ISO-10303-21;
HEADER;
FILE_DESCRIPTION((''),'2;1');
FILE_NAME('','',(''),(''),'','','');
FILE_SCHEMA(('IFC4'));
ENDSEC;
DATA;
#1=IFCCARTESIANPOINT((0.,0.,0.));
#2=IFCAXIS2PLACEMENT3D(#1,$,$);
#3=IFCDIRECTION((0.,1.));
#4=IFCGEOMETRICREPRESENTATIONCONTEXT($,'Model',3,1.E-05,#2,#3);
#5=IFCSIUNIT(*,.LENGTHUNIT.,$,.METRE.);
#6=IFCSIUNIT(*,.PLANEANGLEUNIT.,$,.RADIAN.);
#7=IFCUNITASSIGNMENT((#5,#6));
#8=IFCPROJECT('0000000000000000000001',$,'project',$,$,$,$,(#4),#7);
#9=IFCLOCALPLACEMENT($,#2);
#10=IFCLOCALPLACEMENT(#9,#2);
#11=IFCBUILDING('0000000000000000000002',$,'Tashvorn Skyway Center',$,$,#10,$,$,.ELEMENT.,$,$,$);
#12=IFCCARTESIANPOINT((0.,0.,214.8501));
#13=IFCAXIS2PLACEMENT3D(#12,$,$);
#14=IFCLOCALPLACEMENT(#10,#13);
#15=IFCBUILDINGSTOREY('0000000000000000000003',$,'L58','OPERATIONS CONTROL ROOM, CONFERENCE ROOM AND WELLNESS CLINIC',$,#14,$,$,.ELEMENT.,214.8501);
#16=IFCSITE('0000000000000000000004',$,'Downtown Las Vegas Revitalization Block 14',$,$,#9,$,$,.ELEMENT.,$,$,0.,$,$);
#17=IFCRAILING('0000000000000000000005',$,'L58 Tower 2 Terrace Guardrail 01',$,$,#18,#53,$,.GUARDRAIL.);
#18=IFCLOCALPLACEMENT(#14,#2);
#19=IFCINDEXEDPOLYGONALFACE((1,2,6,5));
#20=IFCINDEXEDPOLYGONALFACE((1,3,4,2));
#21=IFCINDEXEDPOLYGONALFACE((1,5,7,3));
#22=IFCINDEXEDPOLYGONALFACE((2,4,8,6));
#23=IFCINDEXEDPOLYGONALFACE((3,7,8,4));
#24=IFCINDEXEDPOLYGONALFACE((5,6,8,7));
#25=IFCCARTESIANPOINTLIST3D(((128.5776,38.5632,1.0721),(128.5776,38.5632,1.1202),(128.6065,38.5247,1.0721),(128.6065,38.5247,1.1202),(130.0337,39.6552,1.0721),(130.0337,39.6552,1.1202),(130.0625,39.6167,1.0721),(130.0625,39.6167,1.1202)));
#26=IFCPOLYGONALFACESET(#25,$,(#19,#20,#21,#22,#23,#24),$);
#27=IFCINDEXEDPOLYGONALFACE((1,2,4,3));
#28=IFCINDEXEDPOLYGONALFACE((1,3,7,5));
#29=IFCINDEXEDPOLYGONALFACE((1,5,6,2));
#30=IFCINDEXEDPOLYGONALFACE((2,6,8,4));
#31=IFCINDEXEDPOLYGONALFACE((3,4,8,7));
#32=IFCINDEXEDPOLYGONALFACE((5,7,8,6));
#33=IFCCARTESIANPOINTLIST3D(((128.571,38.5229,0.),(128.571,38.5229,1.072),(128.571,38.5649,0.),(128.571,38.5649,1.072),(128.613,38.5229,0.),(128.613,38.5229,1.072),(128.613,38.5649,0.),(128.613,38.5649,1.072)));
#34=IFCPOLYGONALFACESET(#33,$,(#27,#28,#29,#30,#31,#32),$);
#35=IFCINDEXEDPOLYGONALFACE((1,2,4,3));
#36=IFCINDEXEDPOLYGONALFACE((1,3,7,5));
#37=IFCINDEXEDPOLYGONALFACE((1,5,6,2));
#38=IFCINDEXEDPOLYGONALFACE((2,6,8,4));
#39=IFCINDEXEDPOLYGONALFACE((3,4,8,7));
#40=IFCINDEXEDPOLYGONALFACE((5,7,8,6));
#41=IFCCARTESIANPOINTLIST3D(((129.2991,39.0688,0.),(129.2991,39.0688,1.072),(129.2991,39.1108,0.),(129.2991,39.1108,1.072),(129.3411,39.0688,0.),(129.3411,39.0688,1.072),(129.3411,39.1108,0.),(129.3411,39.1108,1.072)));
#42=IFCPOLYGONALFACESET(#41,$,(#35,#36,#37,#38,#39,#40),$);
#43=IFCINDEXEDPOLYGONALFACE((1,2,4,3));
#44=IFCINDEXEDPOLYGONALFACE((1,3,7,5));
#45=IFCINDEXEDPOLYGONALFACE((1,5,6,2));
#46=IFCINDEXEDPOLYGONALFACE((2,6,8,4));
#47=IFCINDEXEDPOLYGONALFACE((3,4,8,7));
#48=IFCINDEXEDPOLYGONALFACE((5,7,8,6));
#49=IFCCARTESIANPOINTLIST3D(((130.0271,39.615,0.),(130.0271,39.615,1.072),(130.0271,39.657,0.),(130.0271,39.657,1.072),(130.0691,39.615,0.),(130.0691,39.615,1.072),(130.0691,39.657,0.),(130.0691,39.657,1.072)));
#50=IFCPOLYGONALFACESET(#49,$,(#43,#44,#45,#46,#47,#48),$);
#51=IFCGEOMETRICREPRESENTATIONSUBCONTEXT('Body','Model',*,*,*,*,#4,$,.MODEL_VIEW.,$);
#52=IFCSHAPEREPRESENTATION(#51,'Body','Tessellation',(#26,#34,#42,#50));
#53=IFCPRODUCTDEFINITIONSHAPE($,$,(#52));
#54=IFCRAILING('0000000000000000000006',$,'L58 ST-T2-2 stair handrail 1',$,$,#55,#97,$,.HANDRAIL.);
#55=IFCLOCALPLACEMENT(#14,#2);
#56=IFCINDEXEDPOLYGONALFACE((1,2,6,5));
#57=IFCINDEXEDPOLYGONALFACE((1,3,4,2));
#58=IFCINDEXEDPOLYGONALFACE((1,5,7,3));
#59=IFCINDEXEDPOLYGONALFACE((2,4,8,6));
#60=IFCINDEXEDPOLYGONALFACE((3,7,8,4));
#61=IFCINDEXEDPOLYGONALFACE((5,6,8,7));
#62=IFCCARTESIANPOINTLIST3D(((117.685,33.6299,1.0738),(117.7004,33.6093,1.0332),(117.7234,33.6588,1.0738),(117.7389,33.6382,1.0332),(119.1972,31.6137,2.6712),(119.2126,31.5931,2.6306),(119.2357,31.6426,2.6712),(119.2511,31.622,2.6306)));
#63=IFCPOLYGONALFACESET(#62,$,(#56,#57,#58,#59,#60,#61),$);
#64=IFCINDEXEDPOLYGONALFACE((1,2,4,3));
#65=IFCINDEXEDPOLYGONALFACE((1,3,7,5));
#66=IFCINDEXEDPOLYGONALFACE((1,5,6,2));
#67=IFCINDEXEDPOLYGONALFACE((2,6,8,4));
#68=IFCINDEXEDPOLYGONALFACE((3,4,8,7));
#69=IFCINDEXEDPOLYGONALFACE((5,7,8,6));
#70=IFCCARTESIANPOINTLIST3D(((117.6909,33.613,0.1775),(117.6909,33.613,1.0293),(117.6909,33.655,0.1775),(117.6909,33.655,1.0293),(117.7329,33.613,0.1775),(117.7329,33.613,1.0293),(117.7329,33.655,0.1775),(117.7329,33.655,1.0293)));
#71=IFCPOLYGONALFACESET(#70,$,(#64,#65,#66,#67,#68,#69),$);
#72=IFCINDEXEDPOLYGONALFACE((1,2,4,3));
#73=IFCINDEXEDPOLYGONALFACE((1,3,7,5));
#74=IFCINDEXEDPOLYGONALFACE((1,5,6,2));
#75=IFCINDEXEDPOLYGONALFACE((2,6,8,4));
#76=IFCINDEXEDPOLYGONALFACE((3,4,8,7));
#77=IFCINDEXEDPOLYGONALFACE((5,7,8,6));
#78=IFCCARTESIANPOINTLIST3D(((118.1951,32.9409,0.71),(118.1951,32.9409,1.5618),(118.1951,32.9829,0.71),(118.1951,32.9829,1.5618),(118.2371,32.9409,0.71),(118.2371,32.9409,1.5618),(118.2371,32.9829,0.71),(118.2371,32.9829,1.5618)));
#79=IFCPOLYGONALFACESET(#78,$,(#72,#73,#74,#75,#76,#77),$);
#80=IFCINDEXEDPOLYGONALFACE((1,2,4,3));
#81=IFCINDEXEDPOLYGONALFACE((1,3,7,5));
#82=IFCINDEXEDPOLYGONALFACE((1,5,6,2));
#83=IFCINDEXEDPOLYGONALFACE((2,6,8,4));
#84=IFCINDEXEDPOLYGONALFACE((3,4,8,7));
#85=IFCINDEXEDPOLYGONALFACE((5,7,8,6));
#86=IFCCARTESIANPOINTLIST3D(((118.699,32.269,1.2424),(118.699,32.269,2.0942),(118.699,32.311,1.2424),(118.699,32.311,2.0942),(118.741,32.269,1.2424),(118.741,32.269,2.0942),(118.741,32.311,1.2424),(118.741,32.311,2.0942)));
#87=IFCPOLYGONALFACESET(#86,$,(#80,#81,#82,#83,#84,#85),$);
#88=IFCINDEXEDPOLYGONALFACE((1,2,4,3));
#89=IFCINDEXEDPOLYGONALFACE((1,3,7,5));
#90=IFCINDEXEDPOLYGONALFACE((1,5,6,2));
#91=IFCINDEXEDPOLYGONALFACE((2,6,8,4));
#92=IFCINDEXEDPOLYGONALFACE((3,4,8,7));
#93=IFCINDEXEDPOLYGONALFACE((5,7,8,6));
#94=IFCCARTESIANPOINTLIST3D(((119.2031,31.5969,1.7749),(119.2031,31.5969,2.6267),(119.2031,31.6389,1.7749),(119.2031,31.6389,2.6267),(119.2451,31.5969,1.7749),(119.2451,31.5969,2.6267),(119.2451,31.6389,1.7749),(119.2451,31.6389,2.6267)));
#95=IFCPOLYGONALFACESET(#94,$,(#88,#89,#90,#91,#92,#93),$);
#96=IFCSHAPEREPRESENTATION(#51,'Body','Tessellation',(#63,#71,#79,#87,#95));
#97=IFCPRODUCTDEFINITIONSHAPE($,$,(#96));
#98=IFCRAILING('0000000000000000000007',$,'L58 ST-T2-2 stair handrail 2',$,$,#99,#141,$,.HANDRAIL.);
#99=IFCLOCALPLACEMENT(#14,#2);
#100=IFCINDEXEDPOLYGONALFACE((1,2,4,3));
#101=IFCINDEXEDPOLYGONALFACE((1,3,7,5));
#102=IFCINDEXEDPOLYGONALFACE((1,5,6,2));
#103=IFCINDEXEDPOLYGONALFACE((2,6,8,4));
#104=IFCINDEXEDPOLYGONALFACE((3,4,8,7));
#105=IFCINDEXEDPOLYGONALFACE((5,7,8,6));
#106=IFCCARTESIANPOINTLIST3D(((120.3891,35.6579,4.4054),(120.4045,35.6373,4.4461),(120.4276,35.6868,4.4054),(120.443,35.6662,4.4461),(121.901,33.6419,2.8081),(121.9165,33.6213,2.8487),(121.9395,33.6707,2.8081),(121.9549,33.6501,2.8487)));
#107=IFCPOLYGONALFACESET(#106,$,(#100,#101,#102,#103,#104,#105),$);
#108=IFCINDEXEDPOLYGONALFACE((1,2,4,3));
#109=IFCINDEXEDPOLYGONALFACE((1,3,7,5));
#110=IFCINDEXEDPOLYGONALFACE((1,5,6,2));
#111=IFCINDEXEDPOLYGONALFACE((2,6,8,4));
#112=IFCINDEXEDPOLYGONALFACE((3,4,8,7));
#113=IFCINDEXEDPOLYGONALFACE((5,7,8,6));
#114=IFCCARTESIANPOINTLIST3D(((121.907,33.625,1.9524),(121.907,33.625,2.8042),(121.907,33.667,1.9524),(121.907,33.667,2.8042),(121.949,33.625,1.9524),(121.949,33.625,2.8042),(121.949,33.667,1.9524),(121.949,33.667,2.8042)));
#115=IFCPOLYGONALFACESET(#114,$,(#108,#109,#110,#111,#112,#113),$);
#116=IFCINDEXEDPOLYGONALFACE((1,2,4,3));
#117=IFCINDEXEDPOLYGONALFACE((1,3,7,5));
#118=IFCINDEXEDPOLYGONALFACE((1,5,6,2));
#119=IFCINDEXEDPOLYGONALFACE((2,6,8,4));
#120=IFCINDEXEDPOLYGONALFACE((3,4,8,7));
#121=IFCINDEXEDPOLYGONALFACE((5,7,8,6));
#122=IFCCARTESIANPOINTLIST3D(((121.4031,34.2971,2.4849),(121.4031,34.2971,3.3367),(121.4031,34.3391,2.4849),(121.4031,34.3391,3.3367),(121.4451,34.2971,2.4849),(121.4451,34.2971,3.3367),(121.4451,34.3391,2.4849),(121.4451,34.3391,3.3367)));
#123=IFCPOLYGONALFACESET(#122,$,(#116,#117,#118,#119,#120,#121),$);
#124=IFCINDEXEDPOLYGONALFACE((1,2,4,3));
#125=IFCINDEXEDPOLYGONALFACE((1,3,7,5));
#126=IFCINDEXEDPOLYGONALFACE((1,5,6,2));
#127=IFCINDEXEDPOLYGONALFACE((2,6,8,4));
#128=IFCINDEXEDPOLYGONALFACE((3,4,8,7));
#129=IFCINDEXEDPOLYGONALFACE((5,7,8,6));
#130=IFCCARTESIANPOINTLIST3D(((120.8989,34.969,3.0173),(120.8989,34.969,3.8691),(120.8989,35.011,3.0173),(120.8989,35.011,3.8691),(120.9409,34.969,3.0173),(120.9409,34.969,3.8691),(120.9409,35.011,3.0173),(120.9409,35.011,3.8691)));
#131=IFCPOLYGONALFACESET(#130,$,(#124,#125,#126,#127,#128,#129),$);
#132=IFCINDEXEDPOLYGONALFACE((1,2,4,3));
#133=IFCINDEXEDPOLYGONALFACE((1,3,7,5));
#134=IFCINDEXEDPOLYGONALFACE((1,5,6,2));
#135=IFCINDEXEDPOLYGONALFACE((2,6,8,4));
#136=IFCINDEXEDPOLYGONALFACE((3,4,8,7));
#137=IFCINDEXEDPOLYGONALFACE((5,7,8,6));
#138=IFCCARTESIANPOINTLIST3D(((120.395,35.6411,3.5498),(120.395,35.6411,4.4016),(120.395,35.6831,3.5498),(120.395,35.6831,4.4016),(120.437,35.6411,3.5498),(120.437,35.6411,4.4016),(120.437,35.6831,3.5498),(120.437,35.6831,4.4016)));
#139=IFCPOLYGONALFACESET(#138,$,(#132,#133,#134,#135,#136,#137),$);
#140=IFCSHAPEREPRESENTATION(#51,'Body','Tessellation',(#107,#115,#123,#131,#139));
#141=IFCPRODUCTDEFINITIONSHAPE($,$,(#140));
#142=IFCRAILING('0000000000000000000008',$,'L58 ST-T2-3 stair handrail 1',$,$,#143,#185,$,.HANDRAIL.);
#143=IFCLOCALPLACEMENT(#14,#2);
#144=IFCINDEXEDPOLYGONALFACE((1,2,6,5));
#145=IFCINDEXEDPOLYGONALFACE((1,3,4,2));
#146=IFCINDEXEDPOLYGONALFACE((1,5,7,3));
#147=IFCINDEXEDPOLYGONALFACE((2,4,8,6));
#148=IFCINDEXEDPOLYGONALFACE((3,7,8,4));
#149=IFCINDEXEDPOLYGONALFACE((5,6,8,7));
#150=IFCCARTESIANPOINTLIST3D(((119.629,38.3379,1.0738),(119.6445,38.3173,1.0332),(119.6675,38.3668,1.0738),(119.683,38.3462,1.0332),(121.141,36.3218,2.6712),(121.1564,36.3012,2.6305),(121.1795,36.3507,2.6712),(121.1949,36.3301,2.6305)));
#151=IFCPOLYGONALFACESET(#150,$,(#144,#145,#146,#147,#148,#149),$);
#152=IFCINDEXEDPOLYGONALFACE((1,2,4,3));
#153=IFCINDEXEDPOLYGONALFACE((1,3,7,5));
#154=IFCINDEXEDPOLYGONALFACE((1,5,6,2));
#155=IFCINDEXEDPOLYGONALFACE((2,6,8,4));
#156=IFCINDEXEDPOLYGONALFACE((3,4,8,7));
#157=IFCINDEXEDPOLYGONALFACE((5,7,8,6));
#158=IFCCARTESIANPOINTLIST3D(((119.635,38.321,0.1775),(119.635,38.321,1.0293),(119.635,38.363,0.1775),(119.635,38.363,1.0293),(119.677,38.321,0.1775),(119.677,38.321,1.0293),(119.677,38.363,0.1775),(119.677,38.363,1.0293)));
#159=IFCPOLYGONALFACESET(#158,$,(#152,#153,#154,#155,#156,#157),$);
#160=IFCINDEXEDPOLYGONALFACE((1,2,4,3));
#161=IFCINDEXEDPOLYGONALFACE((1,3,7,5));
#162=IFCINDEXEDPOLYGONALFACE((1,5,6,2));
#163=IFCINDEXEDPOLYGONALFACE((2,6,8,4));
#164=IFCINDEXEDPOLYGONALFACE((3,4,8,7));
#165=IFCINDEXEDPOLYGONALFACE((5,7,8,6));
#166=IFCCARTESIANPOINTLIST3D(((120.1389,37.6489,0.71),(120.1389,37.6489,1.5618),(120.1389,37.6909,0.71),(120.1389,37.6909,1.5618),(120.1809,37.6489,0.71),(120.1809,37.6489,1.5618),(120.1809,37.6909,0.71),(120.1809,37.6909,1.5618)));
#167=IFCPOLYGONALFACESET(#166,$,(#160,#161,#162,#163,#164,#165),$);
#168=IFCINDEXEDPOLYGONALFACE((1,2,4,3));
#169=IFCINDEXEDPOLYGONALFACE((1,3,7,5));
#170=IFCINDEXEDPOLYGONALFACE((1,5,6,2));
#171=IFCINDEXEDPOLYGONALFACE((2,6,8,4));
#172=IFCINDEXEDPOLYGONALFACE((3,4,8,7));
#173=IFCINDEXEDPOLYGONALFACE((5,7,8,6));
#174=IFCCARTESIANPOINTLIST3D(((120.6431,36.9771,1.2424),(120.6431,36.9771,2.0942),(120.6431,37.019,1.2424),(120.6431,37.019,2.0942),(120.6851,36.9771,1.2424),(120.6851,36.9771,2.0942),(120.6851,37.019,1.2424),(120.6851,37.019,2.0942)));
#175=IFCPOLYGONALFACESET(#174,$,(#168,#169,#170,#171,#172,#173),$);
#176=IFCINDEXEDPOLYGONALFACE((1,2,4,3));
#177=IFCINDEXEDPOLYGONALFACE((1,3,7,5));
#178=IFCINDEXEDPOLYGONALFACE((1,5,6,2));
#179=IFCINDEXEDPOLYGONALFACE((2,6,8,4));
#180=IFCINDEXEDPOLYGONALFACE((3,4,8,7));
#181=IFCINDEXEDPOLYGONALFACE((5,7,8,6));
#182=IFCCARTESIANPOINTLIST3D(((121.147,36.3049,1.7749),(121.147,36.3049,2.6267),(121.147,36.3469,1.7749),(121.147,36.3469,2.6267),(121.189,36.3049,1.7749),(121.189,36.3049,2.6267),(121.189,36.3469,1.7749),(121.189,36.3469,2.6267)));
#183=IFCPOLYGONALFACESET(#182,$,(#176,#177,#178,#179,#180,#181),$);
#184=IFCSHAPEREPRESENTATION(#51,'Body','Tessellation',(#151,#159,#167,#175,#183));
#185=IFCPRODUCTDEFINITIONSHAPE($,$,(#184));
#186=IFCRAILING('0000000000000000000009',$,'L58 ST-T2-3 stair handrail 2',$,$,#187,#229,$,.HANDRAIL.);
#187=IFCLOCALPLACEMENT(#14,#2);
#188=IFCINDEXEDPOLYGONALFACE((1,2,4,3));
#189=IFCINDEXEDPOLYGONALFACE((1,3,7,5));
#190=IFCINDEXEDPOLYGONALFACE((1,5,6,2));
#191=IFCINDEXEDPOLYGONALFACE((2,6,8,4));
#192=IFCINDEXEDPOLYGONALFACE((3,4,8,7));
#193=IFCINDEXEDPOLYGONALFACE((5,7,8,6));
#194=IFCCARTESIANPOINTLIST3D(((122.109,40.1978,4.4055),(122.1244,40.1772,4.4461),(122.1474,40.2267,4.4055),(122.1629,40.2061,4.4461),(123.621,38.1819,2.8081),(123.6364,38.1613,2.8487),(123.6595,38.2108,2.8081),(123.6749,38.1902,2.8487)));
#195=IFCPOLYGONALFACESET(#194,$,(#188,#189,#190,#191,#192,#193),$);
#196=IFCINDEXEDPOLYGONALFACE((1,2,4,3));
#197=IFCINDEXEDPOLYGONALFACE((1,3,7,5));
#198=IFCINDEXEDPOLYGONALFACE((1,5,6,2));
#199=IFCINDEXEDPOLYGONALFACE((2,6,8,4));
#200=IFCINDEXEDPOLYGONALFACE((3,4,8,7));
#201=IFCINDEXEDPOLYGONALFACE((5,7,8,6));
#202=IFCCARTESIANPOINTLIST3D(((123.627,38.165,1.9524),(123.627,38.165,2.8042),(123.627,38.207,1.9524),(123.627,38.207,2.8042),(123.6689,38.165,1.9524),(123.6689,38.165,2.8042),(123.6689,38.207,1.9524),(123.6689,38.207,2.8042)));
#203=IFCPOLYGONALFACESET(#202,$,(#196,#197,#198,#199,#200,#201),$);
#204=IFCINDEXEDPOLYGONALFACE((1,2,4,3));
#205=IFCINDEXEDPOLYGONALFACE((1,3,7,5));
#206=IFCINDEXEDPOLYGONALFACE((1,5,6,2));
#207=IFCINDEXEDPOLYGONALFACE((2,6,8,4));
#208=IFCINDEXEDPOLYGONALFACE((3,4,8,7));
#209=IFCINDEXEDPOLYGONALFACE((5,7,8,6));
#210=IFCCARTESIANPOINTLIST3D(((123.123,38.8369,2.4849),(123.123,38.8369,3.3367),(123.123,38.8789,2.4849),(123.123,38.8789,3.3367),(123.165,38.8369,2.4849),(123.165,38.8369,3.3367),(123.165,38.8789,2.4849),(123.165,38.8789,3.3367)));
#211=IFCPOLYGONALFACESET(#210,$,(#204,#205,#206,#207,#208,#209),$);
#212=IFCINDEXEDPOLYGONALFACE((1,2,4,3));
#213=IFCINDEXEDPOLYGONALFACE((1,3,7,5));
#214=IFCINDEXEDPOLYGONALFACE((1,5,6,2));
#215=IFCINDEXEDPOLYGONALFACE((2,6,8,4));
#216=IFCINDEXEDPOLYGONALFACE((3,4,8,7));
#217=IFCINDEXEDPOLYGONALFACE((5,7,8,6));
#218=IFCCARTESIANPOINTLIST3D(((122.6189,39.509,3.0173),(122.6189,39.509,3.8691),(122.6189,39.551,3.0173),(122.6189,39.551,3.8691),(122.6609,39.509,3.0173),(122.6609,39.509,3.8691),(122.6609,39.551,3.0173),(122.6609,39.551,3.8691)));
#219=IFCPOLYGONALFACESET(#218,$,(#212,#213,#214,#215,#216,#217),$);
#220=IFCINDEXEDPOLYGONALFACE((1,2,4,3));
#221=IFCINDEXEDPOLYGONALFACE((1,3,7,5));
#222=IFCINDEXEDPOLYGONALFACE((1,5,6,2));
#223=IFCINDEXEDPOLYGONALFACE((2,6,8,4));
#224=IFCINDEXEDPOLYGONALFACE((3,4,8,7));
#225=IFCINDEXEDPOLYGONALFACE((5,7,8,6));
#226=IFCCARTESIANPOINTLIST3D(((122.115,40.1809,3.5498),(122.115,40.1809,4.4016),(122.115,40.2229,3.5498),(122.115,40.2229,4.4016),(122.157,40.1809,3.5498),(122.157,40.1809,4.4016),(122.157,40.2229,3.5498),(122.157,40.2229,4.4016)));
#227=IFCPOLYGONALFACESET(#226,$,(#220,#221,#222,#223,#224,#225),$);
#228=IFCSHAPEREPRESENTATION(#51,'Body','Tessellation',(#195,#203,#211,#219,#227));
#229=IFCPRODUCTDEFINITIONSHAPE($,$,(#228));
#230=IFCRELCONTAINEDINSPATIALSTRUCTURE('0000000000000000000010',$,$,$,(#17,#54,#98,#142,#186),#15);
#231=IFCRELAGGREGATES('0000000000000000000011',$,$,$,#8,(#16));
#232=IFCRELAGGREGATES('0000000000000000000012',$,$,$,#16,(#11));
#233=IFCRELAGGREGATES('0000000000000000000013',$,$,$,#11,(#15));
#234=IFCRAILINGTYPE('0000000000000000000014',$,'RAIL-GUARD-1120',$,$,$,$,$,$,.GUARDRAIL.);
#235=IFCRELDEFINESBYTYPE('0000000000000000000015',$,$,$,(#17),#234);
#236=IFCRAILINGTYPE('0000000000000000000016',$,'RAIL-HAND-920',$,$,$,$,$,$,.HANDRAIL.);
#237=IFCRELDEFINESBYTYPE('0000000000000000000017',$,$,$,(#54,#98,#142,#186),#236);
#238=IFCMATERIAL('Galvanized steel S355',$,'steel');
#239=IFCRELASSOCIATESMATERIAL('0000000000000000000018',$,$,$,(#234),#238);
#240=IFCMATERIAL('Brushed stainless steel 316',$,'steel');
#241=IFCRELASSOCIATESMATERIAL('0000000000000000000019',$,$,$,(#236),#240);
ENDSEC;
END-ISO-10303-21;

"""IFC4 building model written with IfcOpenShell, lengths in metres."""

from ifc_helpers import new_model, si_unit, direction, frame, origin, origin_2d, place, context, subcontext, project, spatial, rectangle, extrude, material, type_object, element, save


model = new_model("IFC4")

# Units and contexts
model_context = context("Model", 3, precision=1e-05, world=origin(), true_north=direction((0.0, 1.0)))
body_context = subcontext(model_context, "Body", "Model", "MODEL_VIEW")
ifc_project = project(units=[si_unit("LENGTHUNIT", "METRE"), si_unit("PLANEANGLEUNIT", "RADIAN")], contexts=[model_context])

# Site, building, storey
site_placement = place(None, origin())
site = spatial("IfcSite", under=ifc_project, at=site_placement, Name="Downtown Las Vegas Revitalization Block 14", CompositionType="ELEMENT", RefElevation=0.0)
building_placement = place(site_placement, origin())
building = spatial("IfcBuilding", under=site, at=building_placement, Name="Tashvorn Skyway Center", CompositionType="ELEMENT")
storey_placement = place(building_placement, frame((0.0, 0.0, 214.8501)))
storey = spatial("IfcBuildingStorey", under=building, at=storey_placement, Name="L58", Description="OPERATIONS CONTROL ROOM, CONFERENCE ROOM AND WELLNESS CLINIC", CompositionType="ELEMENT", Elevation=214.8501)

# Railings
ifc_material_1 = material(Name="Galvanized steel S355", Category="steel")
railing_type_1 = type_object("IfcRailingType", Name="RAIL-GUARD-1120", PredefinedType="GUARDRAIL", material=ifc_material_1)
railing_1_placement = place(storey_placement, frame((128.592, 38.5439, 0.0)))
element("IfcRailing", 1, at=railing_1_placement, inside=storey, type_object=railing_type_1, Name="L58 Tower 2 Terrace Guardrail 01", PredefinedType="GUARDRAIL", context=body_context, shape_type="SweptSolid", body=[
    extrude(rectangle(XDim=0.0481, YDim=0.0481, at=origin_2d()), frame((0.0, 0.0, 1.0962), z_axis=(0.8, 0.6, 0.0), x_axis=(-0.6, 0.8, 0.0)), (0.0, 0.0, 1.0), 1.8201),
    extrude(rectangle(XDim=0.042, YDim=0.042, at=origin_2d()), origin(), (0.0, 0.0, 1.0), 1.072),
    extrude(rectangle(XDim=0.042, YDim=0.042, at=origin_2d()), frame((0.728, 0.5459, 0.0)), (0.0, 0.0, 1.0), 1.072),
    extrude(rectangle(XDim=0.042, YDim=0.042, at=origin_2d()), frame((1.4561, 1.092, 0.0)), (0.0, 0.0, 1.0), 1.072),
])
ifc_material_2 = material(Name="Brushed stainless steel 316", Category="steel")
railing_type_2 = type_object("IfcRailingType", Name="RAIL-HAND-920", PredefinedType="HANDRAIL", material=ifc_material_2)
railing_2_placement = place(storey_placement, frame((117.7119, 33.634, 0.1775)))
element("IfcRailing", 2, at=railing_2_placement, inside=storey, type_object=railing_type_2, Name="L58 ST-T2-2 stair handrail 1", PredefinedType="HANDRAIL", context=body_context, shape_type="SweptSolid", body=[
    extrude(rectangle(XDim=0.0481, YDim=0.0481, at=origin_2d()), frame((0.0, 0.0, 0.876), z_axis=(0.506802, -0.675681, 0.535357), x_axis=(0.799977, 0.600031, 0.0)), (0.0, 0.0, 1.0), 2.9839),
    extrude(rectangle(XDim=0.042, YDim=0.042, at=origin_2d()), origin(), (0.0, 0.0, 1.0), 0.8518),
    extrude(rectangle(XDim=0.042, YDim=0.042, at=origin_2d()), frame((0.5042, -0.6721, 0.5325)), (0.0, 0.0, 1.0), 0.8518),
    extrude(rectangle(XDim=0.042, YDim=0.042, at=origin_2d()), frame((1.0081, -1.344, 1.0649)), (0.0, 0.0, 1.0), 0.8518),
    extrude(rectangle(XDim=0.042, YDim=0.042, at=origin_2d()), frame((1.5122, -2.0161, 1.5974)), (0.0, 0.0, 1.0), 0.8518),
])
railing_3_placement = place(storey_placement, frame((121.928, 33.646, 1.9524)))
element("IfcRailing", 3, at=railing_3_placement, inside=storey, type_object=railing_type_2, Name="L58 ST-T2-2 stair handrail 2", PredefinedType="HANDRAIL", context=body_context, shape_type="SweptSolid", body=[
    extrude(rectangle(XDim=0.0481, YDim=0.0481, at=origin_2d()), frame((0.0, 0.0, 0.876), z_axis=(-0.506741, 0.675709, 0.535379), x_axis=(-0.800023, -0.599969, 0.0)), (0.0, 0.0, 1.0), 2.9836),
    extrude(rectangle(XDim=0.042, YDim=0.042, at=origin_2d()), origin(), (0.0, 0.0, 1.0), 0.8518),
    extrude(rectangle(XDim=0.042, YDim=0.042, at=origin_2d()), frame((-0.5039, 0.6721, 0.5325)), (0.0, 0.0, 1.0), 0.8518),
    extrude(rectangle(XDim=0.042, YDim=0.042, at=origin_2d()), frame((-1.0081, 1.344, 1.0649)), (0.0, 0.0, 1.0), 0.8518),
    extrude(rectangle(XDim=0.042, YDim=0.042, at=origin_2d()), frame((-1.512, 2.0161, 1.5974)), (0.0, 0.0, 1.0), 0.8518),
])
railing_4_placement = place(storey_placement, frame((119.656, 38.342, 0.1775)))
element("IfcRailing", 4, at=railing_4_placement, inside=storey, type_object=railing_type_2, Name="L58 ST-T2-3 stair handrail 1", PredefinedType="HANDRAIL", context=body_context, shape_type="SweptSolid", body=[
    extrude(rectangle(XDim=0.0481, YDim=0.0481, at=origin_2d()), frame((0.0, 0.0, 0.876), z_axis=(0.506741, -0.675709, 0.535379), x_axis=(0.800023, 0.599969, 0.0)), (0.0, 0.0, 1.0), 2.9836),
    extrude(rectangle(XDim=0.042, YDim=0.042, at=origin_2d()), origin(), (0.0, 0.0, 1.0), 0.8518),
    extrude(rectangle(XDim=0.042, YDim=0.042, at=origin_2d()), frame((0.5039, -0.6721, 0.5325)), (0.0, 0.0, 1.0), 0.8518),
    extrude(rectangle(XDim=0.042, YDim=0.042, at=origin_2d()), frame((1.0081, -1.344, 1.0649)), (0.0, 0.0, 1.0), 0.8518),
    extrude(rectangle(XDim=0.042, YDim=0.042, at=origin_2d()), frame((1.512, -2.0161, 1.5974)), (0.0, 0.0, 1.0), 0.8518),
])
railing_5_placement = place(storey_placement, frame((123.6479, 38.186, 1.9524)))
element("IfcRailing", 5, at=railing_5_placement, inside=storey, type_object=railing_type_2, Name="L58 ST-T2-3 stair handrail 2", PredefinedType="HANDRAIL", context=body_context, shape_type="SweptSolid", body=[
    extrude(rectangle(XDim=0.0481, YDim=0.0481, at=origin_2d()), frame((0.0, 0.0, 0.876), z_axis=(-0.506769, 0.675664, 0.535409), x_axis=(-0.799988, -0.600016, 0.0)), (0.0, 0.0, 1.0), 2.9836),
    extrude(rectangle(XDim=0.042, YDim=0.042, at=origin_2d()), origin(), (0.0, 0.0, 1.0), 0.8518),
    extrude(rectangle(XDim=0.042, YDim=0.042, at=origin_2d()), frame((-0.5039, 0.6719, 0.5325)), (0.0, 0.0, 1.0), 0.8518),
    extrude(rectangle(XDim=0.042, YDim=0.042, at=origin_2d()), frame((-1.0081, 1.344, 1.0649)), (0.0, 0.0, 1.0), 0.8518),
    extrude(rectangle(XDim=0.042, YDim=0.042, at=origin_2d()), frame((-1.512, 2.0159, 1.5974)), (0.0, 0.0, 1.0), 0.8518),
])

save(model, "model.ifc")
